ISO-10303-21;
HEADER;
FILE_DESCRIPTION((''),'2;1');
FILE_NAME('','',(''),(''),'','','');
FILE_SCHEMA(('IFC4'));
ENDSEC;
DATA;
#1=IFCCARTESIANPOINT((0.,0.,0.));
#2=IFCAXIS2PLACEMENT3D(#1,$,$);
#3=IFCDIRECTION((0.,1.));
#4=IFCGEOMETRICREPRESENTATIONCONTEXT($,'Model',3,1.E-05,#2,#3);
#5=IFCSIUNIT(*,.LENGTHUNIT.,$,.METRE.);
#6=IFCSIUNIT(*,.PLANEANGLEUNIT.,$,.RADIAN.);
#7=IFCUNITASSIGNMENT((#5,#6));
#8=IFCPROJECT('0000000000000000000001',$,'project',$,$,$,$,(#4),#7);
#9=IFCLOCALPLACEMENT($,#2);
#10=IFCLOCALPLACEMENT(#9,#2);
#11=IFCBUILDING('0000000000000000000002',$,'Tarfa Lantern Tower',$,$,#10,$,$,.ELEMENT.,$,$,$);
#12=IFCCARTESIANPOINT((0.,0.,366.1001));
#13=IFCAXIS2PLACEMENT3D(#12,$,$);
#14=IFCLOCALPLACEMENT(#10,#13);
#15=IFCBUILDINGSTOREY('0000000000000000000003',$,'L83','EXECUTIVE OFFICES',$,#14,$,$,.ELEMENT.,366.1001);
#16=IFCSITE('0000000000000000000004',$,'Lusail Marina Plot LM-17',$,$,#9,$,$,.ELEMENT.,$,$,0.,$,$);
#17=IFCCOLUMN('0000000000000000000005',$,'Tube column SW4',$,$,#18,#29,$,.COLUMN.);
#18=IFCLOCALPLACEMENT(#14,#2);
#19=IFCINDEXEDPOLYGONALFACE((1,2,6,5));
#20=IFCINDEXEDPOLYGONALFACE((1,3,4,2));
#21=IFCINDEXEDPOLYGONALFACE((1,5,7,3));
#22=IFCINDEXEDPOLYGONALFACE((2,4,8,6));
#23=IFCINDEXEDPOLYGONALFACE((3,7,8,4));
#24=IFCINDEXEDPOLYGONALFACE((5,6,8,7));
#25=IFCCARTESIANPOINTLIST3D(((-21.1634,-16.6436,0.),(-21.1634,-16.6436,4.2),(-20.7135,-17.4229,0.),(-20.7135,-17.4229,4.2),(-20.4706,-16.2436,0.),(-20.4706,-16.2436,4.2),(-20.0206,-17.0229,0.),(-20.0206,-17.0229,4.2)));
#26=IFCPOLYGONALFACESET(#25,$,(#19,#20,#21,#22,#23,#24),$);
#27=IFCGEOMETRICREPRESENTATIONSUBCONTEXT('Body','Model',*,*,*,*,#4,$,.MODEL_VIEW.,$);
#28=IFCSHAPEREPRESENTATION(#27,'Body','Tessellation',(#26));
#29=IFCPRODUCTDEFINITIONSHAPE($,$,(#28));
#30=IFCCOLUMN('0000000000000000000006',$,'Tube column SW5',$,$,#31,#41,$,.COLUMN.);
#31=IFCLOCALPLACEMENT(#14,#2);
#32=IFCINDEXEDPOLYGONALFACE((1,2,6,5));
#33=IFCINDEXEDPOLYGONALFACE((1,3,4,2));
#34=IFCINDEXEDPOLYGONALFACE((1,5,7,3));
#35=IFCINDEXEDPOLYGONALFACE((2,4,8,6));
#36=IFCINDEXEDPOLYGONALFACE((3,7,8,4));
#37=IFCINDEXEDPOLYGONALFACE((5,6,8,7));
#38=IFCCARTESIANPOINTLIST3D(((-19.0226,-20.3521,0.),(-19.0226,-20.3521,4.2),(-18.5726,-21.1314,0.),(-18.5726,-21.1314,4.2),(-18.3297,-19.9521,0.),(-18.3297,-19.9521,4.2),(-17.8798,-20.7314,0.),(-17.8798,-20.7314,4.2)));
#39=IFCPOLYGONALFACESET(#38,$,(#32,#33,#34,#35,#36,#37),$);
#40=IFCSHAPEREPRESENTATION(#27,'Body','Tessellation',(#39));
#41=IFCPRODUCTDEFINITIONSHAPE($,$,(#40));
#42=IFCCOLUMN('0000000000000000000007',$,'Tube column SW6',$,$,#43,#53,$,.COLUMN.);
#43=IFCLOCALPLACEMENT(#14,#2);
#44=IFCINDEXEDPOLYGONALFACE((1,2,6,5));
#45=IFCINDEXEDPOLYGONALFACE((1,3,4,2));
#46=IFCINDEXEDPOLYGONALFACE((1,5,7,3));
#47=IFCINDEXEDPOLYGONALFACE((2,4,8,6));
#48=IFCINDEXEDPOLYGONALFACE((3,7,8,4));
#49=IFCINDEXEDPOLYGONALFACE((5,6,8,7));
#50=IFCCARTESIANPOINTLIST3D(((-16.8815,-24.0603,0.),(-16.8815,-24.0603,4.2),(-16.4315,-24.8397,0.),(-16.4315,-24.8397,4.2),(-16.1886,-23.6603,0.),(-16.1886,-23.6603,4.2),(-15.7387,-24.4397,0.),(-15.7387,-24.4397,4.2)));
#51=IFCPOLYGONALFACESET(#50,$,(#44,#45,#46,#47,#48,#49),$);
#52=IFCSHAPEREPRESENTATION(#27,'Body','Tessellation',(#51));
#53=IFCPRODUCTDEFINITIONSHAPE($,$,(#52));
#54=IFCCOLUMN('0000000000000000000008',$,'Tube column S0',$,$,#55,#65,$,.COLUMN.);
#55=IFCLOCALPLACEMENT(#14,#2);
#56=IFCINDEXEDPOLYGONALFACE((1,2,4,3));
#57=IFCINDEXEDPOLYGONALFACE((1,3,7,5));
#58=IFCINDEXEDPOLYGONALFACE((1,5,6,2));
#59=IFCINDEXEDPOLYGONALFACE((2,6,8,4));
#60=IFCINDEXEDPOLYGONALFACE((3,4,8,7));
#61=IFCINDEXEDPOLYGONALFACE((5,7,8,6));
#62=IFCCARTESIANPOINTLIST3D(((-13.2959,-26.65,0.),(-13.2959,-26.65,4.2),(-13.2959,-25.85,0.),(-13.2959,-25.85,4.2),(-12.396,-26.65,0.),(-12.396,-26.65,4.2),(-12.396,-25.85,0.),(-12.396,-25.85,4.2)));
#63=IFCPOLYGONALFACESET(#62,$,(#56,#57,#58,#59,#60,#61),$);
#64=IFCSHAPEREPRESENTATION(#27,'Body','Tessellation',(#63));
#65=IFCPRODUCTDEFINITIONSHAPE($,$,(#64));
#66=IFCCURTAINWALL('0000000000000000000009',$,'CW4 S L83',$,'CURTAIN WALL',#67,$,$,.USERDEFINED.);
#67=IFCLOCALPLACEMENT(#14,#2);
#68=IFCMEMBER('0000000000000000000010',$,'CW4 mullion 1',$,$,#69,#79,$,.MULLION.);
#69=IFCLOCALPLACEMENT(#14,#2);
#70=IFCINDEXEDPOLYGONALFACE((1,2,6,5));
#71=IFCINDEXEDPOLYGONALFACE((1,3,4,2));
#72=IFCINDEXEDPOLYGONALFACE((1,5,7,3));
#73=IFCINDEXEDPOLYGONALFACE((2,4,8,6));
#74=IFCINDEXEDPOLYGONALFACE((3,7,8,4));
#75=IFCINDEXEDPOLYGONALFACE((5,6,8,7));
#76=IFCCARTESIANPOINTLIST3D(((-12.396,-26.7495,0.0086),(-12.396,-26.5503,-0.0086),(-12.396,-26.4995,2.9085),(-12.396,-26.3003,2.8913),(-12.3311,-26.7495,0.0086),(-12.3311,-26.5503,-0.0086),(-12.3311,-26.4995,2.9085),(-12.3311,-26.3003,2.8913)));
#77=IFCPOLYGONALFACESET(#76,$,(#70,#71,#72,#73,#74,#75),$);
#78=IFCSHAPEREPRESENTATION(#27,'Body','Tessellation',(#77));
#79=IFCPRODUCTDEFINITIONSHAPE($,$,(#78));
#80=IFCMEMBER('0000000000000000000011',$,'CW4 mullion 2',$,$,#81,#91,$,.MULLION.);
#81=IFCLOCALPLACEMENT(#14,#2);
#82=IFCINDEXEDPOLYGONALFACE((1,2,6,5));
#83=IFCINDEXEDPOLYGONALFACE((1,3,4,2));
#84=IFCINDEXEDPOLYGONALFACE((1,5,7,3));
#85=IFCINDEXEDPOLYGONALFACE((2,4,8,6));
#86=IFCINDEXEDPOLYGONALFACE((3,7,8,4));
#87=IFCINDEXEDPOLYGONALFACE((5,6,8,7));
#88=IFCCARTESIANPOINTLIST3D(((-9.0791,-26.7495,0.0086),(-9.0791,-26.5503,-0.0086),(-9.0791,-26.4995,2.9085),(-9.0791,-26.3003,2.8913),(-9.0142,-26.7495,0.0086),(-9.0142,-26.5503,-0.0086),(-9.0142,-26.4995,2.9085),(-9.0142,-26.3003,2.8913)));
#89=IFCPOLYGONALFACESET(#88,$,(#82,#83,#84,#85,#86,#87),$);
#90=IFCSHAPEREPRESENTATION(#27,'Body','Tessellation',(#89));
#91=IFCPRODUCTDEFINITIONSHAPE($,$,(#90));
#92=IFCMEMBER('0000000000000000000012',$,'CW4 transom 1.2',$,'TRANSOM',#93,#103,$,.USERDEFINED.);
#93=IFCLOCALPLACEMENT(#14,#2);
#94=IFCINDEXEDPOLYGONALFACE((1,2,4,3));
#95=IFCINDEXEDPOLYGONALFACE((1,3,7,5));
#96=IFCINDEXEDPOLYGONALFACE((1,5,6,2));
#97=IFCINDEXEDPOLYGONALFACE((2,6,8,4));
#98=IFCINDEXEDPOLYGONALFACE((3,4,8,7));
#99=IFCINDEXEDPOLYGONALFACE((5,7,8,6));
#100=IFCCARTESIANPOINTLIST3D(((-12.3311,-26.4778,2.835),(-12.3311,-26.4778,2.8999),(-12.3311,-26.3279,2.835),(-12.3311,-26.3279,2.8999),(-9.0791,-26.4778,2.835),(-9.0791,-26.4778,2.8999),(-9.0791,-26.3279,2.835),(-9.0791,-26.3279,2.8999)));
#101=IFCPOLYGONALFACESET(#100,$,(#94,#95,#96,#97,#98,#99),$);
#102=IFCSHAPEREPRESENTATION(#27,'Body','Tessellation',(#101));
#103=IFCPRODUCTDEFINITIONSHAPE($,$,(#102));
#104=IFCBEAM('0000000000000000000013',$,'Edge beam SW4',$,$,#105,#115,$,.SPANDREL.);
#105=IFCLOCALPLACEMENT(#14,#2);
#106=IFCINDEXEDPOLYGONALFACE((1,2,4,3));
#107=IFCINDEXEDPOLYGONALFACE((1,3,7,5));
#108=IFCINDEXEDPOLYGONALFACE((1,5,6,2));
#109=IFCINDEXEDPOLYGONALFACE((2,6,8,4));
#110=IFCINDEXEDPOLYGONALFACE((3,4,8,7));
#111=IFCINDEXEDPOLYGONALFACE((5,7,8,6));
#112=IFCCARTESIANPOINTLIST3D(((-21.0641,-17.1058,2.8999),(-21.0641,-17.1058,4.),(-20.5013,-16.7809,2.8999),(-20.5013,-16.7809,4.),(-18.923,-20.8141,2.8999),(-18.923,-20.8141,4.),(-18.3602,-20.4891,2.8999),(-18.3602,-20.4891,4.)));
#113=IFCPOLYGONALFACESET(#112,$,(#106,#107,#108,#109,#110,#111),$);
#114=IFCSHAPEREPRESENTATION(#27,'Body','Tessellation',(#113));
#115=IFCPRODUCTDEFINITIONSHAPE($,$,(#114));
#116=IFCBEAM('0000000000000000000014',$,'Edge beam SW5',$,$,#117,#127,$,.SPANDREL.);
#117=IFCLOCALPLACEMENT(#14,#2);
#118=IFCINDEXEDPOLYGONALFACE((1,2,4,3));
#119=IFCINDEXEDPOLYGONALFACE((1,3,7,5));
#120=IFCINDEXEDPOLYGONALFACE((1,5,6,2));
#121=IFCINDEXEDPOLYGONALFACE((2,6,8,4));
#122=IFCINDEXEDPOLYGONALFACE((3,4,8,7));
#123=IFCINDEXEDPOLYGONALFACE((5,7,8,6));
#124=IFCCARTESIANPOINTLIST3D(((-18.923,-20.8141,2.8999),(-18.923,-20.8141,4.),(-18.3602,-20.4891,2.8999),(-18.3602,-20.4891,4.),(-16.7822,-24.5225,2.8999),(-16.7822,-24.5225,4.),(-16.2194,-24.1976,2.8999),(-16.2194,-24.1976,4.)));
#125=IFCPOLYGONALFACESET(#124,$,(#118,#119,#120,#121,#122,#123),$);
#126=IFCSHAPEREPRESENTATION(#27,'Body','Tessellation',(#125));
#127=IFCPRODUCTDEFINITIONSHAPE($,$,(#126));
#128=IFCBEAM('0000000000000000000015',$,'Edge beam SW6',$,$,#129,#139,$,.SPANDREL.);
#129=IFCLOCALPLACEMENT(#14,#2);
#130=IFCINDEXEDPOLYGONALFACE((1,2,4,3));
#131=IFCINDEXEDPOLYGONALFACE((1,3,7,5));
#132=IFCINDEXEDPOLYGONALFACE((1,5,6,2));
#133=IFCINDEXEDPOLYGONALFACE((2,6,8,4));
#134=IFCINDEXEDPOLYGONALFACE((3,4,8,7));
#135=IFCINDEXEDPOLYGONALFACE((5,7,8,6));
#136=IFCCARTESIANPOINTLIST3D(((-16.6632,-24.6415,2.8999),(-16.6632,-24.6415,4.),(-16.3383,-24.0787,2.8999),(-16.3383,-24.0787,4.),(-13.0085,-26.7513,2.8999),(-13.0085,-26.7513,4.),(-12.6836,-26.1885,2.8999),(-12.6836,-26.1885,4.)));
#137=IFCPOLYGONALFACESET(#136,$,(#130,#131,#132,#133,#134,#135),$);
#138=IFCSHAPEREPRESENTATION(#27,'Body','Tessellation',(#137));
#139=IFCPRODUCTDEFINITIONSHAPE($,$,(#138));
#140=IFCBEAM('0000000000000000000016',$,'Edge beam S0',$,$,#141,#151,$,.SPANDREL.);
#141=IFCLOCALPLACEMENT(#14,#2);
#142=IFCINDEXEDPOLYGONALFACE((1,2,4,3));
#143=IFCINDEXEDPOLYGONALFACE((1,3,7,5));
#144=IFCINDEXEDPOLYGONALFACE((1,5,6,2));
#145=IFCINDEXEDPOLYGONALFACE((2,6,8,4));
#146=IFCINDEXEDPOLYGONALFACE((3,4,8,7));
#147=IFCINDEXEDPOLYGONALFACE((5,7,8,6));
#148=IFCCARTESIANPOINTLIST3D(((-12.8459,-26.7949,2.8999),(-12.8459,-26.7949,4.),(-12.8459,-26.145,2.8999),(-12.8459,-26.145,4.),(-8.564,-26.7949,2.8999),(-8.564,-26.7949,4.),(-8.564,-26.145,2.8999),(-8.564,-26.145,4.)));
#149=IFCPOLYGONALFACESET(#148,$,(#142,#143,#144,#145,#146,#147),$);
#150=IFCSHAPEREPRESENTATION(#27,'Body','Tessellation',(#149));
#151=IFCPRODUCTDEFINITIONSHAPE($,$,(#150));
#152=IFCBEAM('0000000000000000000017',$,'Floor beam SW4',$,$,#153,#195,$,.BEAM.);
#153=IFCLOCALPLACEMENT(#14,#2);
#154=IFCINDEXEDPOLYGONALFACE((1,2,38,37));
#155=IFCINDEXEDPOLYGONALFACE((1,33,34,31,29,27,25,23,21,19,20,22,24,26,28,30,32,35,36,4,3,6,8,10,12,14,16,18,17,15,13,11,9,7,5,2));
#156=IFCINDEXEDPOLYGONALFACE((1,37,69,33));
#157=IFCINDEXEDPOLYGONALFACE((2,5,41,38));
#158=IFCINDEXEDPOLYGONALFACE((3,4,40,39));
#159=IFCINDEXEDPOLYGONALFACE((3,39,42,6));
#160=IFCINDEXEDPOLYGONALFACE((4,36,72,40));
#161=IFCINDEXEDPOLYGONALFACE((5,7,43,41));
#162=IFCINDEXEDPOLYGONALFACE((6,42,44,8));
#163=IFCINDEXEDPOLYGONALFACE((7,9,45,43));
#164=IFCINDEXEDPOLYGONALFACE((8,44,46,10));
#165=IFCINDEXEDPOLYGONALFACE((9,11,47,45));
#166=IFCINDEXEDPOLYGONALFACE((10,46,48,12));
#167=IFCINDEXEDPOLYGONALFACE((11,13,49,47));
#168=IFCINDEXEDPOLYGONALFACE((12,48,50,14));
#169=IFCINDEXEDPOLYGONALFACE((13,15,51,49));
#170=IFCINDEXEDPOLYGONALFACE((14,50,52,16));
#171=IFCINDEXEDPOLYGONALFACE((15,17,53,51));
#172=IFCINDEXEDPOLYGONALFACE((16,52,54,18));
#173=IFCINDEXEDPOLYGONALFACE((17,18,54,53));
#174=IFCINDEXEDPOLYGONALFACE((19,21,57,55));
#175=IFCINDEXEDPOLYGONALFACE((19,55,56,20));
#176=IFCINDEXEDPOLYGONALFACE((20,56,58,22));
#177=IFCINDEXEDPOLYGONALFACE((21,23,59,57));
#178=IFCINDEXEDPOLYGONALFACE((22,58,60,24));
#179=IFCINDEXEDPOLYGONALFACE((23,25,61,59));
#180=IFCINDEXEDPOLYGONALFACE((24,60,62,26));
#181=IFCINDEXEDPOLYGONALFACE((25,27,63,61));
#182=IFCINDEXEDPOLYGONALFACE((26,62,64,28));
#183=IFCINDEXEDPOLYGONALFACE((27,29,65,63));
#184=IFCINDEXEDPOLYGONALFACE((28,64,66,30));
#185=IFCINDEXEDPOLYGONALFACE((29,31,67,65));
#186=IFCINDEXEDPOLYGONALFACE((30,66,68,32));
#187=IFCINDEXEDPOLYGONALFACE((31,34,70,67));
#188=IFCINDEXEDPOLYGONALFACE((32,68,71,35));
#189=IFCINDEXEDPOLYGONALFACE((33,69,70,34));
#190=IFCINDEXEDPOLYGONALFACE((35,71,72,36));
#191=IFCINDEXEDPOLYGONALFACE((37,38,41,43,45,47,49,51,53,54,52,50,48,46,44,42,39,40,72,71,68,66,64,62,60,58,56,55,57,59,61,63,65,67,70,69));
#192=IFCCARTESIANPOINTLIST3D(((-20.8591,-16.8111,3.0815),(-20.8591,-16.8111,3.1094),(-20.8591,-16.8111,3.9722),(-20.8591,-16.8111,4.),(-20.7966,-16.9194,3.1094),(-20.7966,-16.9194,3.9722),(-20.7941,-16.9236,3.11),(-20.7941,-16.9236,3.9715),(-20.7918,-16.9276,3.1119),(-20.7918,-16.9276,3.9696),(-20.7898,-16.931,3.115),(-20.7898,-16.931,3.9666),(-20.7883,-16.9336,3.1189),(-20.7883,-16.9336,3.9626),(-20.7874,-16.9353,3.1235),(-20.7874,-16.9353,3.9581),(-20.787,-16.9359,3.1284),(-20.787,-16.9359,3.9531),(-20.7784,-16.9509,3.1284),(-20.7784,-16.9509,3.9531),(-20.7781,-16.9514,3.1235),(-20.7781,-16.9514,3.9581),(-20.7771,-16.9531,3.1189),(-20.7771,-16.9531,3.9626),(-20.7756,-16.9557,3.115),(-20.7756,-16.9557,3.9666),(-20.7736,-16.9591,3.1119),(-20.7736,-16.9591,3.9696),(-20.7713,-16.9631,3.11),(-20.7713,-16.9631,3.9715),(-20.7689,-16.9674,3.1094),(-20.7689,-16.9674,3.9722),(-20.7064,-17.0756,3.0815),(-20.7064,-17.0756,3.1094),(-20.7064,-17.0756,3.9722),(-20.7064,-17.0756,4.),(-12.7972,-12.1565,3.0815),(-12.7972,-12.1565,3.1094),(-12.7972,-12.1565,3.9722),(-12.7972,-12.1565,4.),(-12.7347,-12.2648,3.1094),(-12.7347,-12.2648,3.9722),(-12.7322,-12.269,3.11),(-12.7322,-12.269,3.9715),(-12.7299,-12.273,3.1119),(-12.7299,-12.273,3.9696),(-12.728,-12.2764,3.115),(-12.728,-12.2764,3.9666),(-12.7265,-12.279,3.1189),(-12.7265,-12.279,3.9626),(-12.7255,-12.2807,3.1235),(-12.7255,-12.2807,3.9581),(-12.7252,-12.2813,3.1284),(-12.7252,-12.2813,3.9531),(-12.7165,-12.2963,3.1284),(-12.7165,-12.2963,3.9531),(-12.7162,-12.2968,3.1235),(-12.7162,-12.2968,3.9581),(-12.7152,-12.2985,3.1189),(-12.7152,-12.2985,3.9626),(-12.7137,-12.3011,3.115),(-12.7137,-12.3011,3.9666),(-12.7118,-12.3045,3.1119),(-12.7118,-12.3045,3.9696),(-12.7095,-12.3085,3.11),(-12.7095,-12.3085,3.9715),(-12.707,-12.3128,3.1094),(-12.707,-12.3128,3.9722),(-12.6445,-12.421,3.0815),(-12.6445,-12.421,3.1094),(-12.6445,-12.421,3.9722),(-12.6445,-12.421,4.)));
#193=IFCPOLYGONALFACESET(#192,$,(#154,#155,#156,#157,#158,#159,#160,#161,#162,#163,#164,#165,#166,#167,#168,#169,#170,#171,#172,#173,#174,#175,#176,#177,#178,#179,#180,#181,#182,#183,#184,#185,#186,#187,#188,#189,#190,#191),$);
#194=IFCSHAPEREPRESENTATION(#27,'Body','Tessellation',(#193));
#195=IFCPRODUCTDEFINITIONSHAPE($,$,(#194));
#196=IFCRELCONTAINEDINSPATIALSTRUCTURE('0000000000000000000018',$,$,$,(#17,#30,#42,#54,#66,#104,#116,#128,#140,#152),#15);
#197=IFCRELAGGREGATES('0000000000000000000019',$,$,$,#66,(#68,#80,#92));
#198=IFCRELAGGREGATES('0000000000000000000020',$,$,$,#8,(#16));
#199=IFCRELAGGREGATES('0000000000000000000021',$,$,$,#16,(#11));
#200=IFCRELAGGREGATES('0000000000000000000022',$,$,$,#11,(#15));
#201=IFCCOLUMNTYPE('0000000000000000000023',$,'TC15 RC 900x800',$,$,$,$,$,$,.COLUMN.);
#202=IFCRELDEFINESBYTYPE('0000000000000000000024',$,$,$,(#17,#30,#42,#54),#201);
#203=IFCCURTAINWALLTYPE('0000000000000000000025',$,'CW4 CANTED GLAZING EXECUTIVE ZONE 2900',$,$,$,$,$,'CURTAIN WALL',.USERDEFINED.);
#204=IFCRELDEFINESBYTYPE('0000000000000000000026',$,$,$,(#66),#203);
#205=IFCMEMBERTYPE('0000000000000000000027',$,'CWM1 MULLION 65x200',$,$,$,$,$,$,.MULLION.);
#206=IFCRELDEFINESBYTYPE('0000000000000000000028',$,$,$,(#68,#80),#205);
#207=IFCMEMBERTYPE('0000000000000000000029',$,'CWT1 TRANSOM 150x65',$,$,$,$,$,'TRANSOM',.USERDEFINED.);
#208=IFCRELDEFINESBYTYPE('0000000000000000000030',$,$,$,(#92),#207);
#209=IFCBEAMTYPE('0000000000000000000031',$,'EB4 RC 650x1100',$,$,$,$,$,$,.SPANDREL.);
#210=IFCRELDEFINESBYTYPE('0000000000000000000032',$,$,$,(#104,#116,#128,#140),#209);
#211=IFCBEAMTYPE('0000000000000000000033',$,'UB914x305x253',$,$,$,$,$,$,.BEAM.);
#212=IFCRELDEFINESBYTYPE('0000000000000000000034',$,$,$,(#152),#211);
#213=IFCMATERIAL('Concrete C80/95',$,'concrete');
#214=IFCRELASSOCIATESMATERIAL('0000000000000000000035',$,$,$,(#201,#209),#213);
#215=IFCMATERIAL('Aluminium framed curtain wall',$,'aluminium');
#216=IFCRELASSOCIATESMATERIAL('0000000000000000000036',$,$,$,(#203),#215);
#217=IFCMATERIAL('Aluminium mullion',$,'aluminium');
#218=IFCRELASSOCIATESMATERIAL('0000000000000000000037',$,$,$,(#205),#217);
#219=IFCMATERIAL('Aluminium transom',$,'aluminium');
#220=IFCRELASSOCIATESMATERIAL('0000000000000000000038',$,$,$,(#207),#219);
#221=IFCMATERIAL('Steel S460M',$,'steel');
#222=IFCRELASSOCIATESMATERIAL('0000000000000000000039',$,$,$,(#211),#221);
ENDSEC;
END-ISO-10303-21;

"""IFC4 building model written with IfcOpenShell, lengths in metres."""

from ifc_helpers import new_model, si_unit, direction, frame, origin, origin_2d, place, context, subcontext, project, spatial, rectangle, i_section, extrude, material, material_profile, profile_set, type_object, element, aggregate, save


model = new_model("IFC4")

# Units and contexts
model_context = context("Model", 3, precision=1e-05, world=origin(), true_north=direction((0.0, 1.0)))
body_context = subcontext(model_context, "Body", "Model", "MODEL_VIEW")
ifc_project = project(units=[si_unit("LENGTHUNIT", "METRE"), si_unit("PLANEANGLEUNIT", "RADIAN")], contexts=[model_context])

# Site, building, storey
site_placement = place(None, origin())
site = spatial("IfcSite", under=ifc_project, at=site_placement, Name="Lusail Marina Plot LM-17", CompositionType="ELEMENT", RefElevation=0.0)
building_placement = place(site_placement, origin())
building = spatial("IfcBuilding", under=site, at=building_placement, Name="Tarfa Lantern Tower", CompositionType="ELEMENT")
storey_placement = place(building_placement, frame((0.0, 0.0, 366.1001)))
storey = spatial("IfcBuildingStorey", under=building, at=storey_placement, Name="L83", Description="EXECUTIVE OFFICES", CompositionType="ELEMENT", Elevation=366.1001)

# Columns
ifc_material_1 = material(Name="Concrete C80/95", Category="concrete")
ifc_material_profile_1 = material_profile(ifc_material_1, rectangle(XDim=0.8999, YDim=0.8, at=origin_2d()), Name="RC 900x800")
ifc_profile_set_1 = profile_set([ifc_material_profile_1], Name="Concrete C80/95")
column_type = type_object("IfcColumnType", Name="TC15 RC 900x800", PredefinedType="COLUMN", material=ifc_profile_set_1)
for number, where, z_axis, x_axis, name in (
    (1, (-20.592, -16.8333, 0.0), (0.0, 0.0, 1.0), (0.5, -0.866025, 0.0), "Tube column SW4"),
    (2, (-18.4512, -20.5417, 0.0), (0.0, 0.0, 1.0), (0.5, -0.866025, 0.0), "Tube column SW5"),
    (3, (-16.3101, -24.25, 0.0), (0.0, 0.0, 1.0), (0.5, -0.866025, 0.0), "Tube column SW6"),
    (4, (-12.8459, -26.25, 0.0), (0.0, 0.0, 1.0), (1.0, 0.0, 0.0), "Tube column S0"),
):
    element("IfcColumn", number, at=place(storey_placement, frame(where, z_axis=z_axis, x_axis=x_axis)), inside=storey, type_object=column_type, Name=name, PredefinedType="COLUMN", context=body_context, shape_type="SweptSolid", body=[
        extrude(rectangle(XDim=0.8999, YDim=0.8, at=origin_2d()), origin(), (0.0, 0.0, 1.0), 4.2),
    ])

# Curtain wall, members
ifc_material_2 = material(Name="Aluminium framed curtain wall", Category="aluminium")
curtain_wall_type = type_object("IfcCurtainWallType", Name="CW4 CANTED GLAZING EXECUTIVE ZONE 2900", ElementType="CURTAIN WALL", PredefinedType="USERDEFINED", material=ifc_material_2)
curtain_wall_placement = place(storey_placement, origin())
curtain_wall = element("IfcCurtainWall", 5, at=curtain_wall_placement, inside=storey, type_object=curtain_wall_type, Name="CW4 S L83", ObjectType="CURTAIN WALL", PredefinedType="USERDEFINED")
ifc_material_3 = material(Name="Aluminium mullion", Category="aluminium")
ifc_material_profile_2 = material_profile(ifc_material_3, rectangle(XDim=0.0649, YDim=0.2, at=origin_2d()), Name="AL MULLION 65x200")
ifc_profile_set_2 = profile_set([ifc_material_profile_2], Name="Aluminium mullion")
member_type_1 = type_object("IfcMemberType", Name="CWM1 MULLION 65x200", PredefinedType="MULLION", material=ifc_profile_set_2)
member_1_placement = place(storey_placement, frame((-12.3635, -26.6499, 0.0), z_axis=(0.0, 0.085891, 0.996305), x_axis=(-1.0, 0.0, 0.0)))
member_1 = element("IfcMember", 6, at=member_1_placement, type_object=member_type_1, Name="CW4 mullion 1", PredefinedType="MULLION", context=body_context, shape_type="SweptSolid", body=[
    extrude(rectangle(XDim=0.0649, YDim=0.2, at=origin_2d()), origin(), (0.0, 0.0, 1.0), 2.9106),
])
member_2_placement = place(storey_placement, frame((-9.0466, -26.6499, 0.0), z_axis=(0.0, 0.085891, 0.996305), x_axis=(-1.0, 0.0, 0.0)))
member_2 = element("IfcMember", 7, at=member_2_placement, type_object=member_type_1, Name="CW4 mullion 2", PredefinedType="MULLION", context=body_context, shape_type="SweptSolid", body=[
    extrude(rectangle(XDim=0.0649, YDim=0.2, at=origin_2d()), origin(), (0.0, 0.0, 1.0), 2.9106),
])
ifc_material_4 = material(Name="Aluminium transom", Category="aluminium")
ifc_material_profile_3 = material_profile(ifc_material_4, rectangle(XDim=0.1499, YDim=0.0649, at=origin_2d()), Name="AL TRANSOM 150x65")
ifc_profile_set_3 = profile_set([ifc_material_profile_3], Name="Aluminium transom")
member_type_2 = type_object("IfcMemberType", Name="CWT1 TRANSOM 150x65", ElementType="TRANSOM", PredefinedType="USERDEFINED", material=ifc_profile_set_3)
member_3_placement = place(storey_placement, frame((-12.3311, -26.4028, 2.8674), z_axis=(1.0, 0.0, 0.0), x_axis=(0.0, 1.0, 0.0)))
member_3 = element("IfcMember", 8, at=member_3_placement, type_object=member_type_2, Name="CW4 transom 1.2", ObjectType="TRANSOM", PredefinedType="USERDEFINED", context=body_context, shape_type="SweptSolid", body=[
    extrude(rectangle(XDim=0.1499, YDim=0.0649, at=origin_2d()), origin(), (0.0, 0.0, 1.0), 3.252),
])

# Beams
ifc_material_profile_4 = material_profile(ifc_material_1, rectangle(XDim=0.6499, YDim=1.1001, at=origin_2d()), Name="RC 650x1100")
ifc_profile_set_4 = profile_set([ifc_material_profile_4], Name="Concrete C80/95")
beam_type_1 = type_object("IfcBeamType", Name="EB4 RC 650x1100", PredefinedType="SPANDREL", material=ifc_profile_set_4)
for number, where, z_axis, x_axis, name in (
    (9, (-20.7827, -16.9434, 3.45), (0.500027, -0.86601, 0.0), (0.86601, 0.500027, 0.0), "Edge beam SW4"),
    (10, (-18.6416, -20.6516, 3.45), (0.499959, -0.866049, 0.0), (0.866049, 0.499959, 0.0), "Edge beam SW5"),
):
    element("IfcBeam", number, at=place(storey_placement, frame(where, z_axis=z_axis, x_axis=x_axis)), inside=storey, type_object=beam_type_1, Name=name, PredefinedType="SPANDREL", context=body_context, shape_type="SweptSolid", body=[
        extrude(rectangle(XDim=0.6499, YDim=1.1001, at=origin_2d()), origin(), (0.0, 0.0, 1.0), 4.282),
    ])
beam_1_placement = place(storey_placement, frame((-16.5007, -24.3601, 3.45), z_axis=(0.866049, -0.499959, 0.0), x_axis=(0.499959, 0.866049, 0.0)))
element("IfcBeam", 11, at=beam_1_placement, inside=storey, type_object=beam_type_1, Name="Edge beam SW6", PredefinedType="SPANDREL", context=body_context, shape_type="SweptSolid", body=[
    extrude(rectangle(XDim=0.6499, YDim=1.1001, at=origin_2d()), origin(), (0.0, 0.0, 1.0), 4.22),
])
beam_2_placement = place(storey_placement, frame((-12.8459, -26.47, 3.45), z_axis=(1.0, 0.0, 0.0), x_axis=(0.0, 1.0, 0.0)))
element("IfcBeam", 12, at=beam_2_placement, inside=storey, type_object=beam_type_1, Name="Edge beam S0", PredefinedType="SPANDREL", context=body_context, shape_type="SweptSolid", body=[
    extrude(rectangle(XDim=0.6499, YDim=1.1001, at=origin_2d()), origin(), (0.0, 0.0, 1.0), 4.282),
])
ifc_material_5 = material(Name="Steel S460M", Category="steel")
ifc_material_profile_5 = material_profile(ifc_material_5, i_section(OverallWidth=0.3054, OverallDepth=0.9185, WebThickness=0.0173, FlangeThickness=0.0278, FilletRadius=0.019, at=origin_2d()), Name="UB914x305x253")
ifc_profile_set_5 = profile_set([ifc_material_profile_5], Name="Steel S460M")
beam_type_2 = type_object("IfcBeamType", Name="UB914x305x253", PredefinedType="BEAM", material=ifc_profile_set_5)
beam_3_placement = place(storey_placement, frame((-20.7827, -16.9434, 3.5408), z_axis=(0.866022, 0.500006, 0.0), x_axis=(-0.500006, 0.866022, 0.0)))
element("IfcBeam", 13, at=beam_3_placement, inside=storey, type_object=beam_type_2, Name="Floor beam SW4", PredefinedType="BEAM", context=body_context, shape_type="SweptSolid", body=[
    extrude(i_section(OverallWidth=0.3054, OverallDepth=0.9185, WebThickness=0.0173, FlangeThickness=0.0278, FilletRadius=0.019, at=origin_2d()), origin(), (0.0, 0.0, 1.0), 9.3091),
])

aggregate(curtain_wall, [member_1, member_2, member_3])

save(model, "model.ifc")
